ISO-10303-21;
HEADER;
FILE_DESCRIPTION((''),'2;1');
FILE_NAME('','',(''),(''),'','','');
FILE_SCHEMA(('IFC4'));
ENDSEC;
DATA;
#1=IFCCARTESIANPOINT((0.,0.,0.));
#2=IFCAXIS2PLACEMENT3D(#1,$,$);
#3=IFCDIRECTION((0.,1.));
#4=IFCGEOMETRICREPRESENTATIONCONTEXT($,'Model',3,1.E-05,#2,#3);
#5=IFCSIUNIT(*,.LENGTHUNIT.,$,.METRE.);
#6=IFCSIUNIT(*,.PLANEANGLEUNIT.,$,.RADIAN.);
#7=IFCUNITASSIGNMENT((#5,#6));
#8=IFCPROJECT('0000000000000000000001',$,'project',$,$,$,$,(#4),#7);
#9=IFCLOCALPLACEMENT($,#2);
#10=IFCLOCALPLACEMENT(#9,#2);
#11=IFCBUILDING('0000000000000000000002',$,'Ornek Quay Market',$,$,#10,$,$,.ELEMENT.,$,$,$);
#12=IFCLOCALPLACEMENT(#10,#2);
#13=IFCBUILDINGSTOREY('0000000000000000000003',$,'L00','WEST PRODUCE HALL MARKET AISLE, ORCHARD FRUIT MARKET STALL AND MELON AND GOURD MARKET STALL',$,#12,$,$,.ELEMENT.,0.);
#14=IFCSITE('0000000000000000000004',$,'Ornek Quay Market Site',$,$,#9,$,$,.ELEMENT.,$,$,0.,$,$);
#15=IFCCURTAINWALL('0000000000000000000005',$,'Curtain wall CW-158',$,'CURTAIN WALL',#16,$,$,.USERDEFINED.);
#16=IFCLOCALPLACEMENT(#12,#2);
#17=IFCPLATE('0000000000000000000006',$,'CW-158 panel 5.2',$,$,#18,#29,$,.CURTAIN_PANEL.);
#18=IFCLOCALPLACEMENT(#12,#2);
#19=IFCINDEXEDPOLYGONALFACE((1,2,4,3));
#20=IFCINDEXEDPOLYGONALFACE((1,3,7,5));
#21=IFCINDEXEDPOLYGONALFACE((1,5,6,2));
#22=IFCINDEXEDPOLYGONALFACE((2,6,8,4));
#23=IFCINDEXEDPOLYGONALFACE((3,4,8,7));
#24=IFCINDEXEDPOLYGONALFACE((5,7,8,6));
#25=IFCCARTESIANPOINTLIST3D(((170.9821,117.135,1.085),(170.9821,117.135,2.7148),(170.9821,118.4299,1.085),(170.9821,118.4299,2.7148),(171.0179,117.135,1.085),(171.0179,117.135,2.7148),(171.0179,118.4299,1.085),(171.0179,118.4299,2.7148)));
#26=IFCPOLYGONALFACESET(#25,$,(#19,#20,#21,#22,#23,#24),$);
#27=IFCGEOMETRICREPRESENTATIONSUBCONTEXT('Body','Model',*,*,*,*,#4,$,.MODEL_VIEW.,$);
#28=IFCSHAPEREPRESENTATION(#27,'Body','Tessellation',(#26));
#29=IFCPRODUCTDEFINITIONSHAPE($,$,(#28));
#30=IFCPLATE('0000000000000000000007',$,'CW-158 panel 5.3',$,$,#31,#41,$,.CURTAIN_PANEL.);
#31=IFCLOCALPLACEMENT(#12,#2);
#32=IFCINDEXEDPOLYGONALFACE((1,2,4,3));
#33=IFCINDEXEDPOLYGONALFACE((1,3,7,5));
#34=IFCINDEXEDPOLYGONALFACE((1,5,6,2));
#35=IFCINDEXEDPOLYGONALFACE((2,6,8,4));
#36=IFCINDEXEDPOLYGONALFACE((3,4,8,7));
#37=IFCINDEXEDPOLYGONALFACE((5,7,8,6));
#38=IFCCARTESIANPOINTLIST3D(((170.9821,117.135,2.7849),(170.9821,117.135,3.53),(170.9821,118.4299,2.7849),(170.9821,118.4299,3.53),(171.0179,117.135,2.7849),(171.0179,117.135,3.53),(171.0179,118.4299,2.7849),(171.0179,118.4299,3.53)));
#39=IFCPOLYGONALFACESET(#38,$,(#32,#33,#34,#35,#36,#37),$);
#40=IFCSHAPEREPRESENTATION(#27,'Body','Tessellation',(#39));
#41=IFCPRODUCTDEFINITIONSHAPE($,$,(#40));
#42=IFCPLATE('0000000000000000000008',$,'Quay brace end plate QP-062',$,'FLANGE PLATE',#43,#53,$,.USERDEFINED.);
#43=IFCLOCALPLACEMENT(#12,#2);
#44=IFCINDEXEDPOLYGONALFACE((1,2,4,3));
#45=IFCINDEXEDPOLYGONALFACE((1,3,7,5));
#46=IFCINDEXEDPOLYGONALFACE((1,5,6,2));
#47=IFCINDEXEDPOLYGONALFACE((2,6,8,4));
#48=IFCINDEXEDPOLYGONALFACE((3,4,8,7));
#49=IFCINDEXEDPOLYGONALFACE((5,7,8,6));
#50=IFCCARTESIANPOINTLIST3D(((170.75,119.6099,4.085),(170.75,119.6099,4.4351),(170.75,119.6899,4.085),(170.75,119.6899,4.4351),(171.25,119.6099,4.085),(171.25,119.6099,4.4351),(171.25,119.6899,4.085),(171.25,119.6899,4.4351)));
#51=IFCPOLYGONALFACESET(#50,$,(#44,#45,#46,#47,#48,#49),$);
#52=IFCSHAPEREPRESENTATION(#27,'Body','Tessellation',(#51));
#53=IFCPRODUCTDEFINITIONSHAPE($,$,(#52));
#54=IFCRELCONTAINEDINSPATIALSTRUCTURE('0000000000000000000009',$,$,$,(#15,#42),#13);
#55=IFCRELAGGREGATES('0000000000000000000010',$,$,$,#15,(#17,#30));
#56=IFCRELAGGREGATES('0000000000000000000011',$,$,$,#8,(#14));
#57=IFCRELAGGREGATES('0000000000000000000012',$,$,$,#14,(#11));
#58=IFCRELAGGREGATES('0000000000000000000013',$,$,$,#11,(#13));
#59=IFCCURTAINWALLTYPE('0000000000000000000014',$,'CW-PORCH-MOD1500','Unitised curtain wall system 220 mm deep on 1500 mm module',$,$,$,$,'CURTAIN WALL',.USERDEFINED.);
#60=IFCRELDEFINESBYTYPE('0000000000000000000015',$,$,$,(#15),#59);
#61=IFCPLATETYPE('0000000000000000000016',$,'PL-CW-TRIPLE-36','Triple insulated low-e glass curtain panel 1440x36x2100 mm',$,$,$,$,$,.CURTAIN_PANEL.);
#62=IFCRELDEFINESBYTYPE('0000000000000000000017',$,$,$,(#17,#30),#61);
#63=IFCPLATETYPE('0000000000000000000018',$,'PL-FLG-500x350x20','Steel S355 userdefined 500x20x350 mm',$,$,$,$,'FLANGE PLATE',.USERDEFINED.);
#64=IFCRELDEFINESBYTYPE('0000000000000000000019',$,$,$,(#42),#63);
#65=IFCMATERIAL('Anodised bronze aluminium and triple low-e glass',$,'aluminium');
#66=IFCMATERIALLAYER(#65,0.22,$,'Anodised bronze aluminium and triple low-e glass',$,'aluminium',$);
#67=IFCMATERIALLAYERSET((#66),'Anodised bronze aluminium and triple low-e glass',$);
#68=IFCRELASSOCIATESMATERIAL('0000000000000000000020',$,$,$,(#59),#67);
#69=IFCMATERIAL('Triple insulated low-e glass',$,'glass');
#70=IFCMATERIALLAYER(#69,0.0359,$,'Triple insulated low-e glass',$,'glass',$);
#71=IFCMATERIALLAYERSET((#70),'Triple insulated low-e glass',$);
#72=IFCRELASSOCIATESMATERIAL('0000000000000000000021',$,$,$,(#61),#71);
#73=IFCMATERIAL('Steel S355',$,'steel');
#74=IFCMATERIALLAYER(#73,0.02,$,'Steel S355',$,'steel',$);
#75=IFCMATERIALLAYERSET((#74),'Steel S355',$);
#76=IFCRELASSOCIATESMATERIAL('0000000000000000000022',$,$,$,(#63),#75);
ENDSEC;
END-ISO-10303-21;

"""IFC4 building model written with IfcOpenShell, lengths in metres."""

from ifc_helpers import new_model, si_unit, direction, frame, origin, origin_2d, place, context, subcontext, project, spatial, rectangle, extrude, material, layer, layer_set, type_object, element, aggregate, save


model = new_model("IFC4")

# Units and contexts
model_context = context("Model", 3, precision=1e-05, world=origin(), true_north=direction((0.0, 1.0)))
body_context = subcontext(model_context, "Body", "Model", "MODEL_VIEW")
ifc_project = project(units=[si_unit("LENGTHUNIT", "METRE"), si_unit("PLANEANGLEUNIT", "RADIAN")], contexts=[model_context])

# Site, building, storey
site_placement = place(None, origin())
site = spatial("IfcSite", under=ifc_project, at=site_placement, Name="Ornek Quay Market Site", CompositionType="ELEMENT", RefElevation=0.0)
building_placement = place(site_placement, origin())
building = spatial("IfcBuilding", under=site, at=building_placement, Name="Ornek Quay Market", CompositionType="ELEMENT")
storey_placement = place(building_placement, origin())
storey = spatial("IfcBuildingStorey", under=building, at=storey_placement, Name="L00", Description="WEST PRODUCE HALL MARKET AISLE, ORCHARD FRUIT MARKET STALL AND MELON AND GOURD MARKET STALL", CompositionType="ELEMENT", Elevation=0.0)

# Curtain wall, plates
ifc_material_1 = material(Name="Anodised bronze aluminium and triple low-e glass", Category="aluminium")
ifc_layer_1 = layer(ifc_material_1, 0.22, Name="Anodised bronze aluminium and triple low-e glass", Category="aluminium")
ifc_layer_set_1 = layer_set([ifc_layer_1], Name="Anodised bronze aluminium and triple low-e glass")
curtain_wall_type = type_object("IfcCurtainWallType", Name="CW-PORCH-MOD1500", Description="Unitised curtain wall system 220 mm deep on 1500 mm module", ElementType="CURTAIN WALL", PredefinedType="USERDEFINED", material=ifc_layer_set_1)
curtain_wall_placement = place(storey_placement, origin())
curtain_wall = element("IfcCurtainWall", 1, at=curtain_wall_placement, inside=storey, type_object=curtain_wall_type, Name="Curtain wall CW-158", ObjectType="CURTAIN WALL", PredefinedType="USERDEFINED")
ifc_material_2 = material(Name="Triple insulated low-e glass", Category="glass")
ifc_layer_2 = layer(ifc_material_2, 0.0359, Name="Triple insulated low-e glass", Category="glass")
ifc_layer_set_2 = layer_set([ifc_layer_2], Name="Triple insulated low-e glass")
plate_type_1 = type_object("IfcPlateType", Name="PL-CW-TRIPLE-36", Description="Triple insulated low-e glass curtain panel 1440x36x2100 mm", PredefinedType="CURTAIN_PANEL", material=ifc_layer_set_2)
plate_1_placement = place(storey_placement, frame((171.0, 117.7825, 1.085), z_axis=(0.0, 0.0, 1.0), x_axis=(0.0, 1.0, 0.0)))
plate_1 = element("IfcPlate", 2, at=plate_1_placement, type_object=plate_type_1, Name="CW-158 panel 5.2", PredefinedType="CURTAIN_PANEL", context=body_context, shape_type="SweptSolid", body=[
    extrude(rectangle(XDim=1.2949, YDim=0.0359, at=origin_2d()), origin(), (0.0, 0.0, 1.0), 1.6299),
])
plate_2_placement = place(storey_placement, frame((171.0, 117.7825, 2.7849), z_axis=(0.0, 0.0, 1.0), x_axis=(0.0, 1.0, 0.0)))
plate_2 = element("IfcPlate", 3, at=plate_2_placement, type_object=plate_type_1, Name="CW-158 panel 5.3", PredefinedType="CURTAIN_PANEL", context=body_context, shape_type="SweptSolid", body=[
    extrude(rectangle(XDim=1.2949, YDim=0.0359, at=origin_2d()), origin(), (0.0, 0.0, 1.0), 0.7451),
])
aggregate(curtain_wall, [plate_1, plate_2])

# Plate
ifc_material_3 = material(Name="Steel S355", Category="steel")
ifc_layer_3 = layer(ifc_material_3, 0.02, Name="Steel S355", Category="steel")
ifc_layer_set_3 = layer_set([ifc_layer_3], Name="Steel S355")
plate_type_2 = type_object("IfcPlateType", Name="PL-FLG-500x350x20", Description="Steel S355 userdefined 500x20x350 mm", ElementType="FLANGE PLATE", PredefinedType="USERDEFINED", material=ifc_layer_set_3)
plate_3_placement = place(storey_placement, frame((171.0, 119.6499, 4.085), z_axis=(0.0, 0.0, 1.0), x_axis=(1.0, 0.0, 0.0)))
element("IfcPlate", 4, at=plate_3_placement, inside=storey, type_object=plate_type_2, Name="Quay brace end plate QP-062", ObjectType="FLANGE PLATE", PredefinedType="USERDEFINED", context=body_context, shape_type="SweptSolid", body=[
    extrude(rectangle(XDim=0.5, YDim=0.0801, at=origin_2d()), origin(), (0.0, 0.0, 1.0), 0.3501),
])

save(model, "model.ifc")
